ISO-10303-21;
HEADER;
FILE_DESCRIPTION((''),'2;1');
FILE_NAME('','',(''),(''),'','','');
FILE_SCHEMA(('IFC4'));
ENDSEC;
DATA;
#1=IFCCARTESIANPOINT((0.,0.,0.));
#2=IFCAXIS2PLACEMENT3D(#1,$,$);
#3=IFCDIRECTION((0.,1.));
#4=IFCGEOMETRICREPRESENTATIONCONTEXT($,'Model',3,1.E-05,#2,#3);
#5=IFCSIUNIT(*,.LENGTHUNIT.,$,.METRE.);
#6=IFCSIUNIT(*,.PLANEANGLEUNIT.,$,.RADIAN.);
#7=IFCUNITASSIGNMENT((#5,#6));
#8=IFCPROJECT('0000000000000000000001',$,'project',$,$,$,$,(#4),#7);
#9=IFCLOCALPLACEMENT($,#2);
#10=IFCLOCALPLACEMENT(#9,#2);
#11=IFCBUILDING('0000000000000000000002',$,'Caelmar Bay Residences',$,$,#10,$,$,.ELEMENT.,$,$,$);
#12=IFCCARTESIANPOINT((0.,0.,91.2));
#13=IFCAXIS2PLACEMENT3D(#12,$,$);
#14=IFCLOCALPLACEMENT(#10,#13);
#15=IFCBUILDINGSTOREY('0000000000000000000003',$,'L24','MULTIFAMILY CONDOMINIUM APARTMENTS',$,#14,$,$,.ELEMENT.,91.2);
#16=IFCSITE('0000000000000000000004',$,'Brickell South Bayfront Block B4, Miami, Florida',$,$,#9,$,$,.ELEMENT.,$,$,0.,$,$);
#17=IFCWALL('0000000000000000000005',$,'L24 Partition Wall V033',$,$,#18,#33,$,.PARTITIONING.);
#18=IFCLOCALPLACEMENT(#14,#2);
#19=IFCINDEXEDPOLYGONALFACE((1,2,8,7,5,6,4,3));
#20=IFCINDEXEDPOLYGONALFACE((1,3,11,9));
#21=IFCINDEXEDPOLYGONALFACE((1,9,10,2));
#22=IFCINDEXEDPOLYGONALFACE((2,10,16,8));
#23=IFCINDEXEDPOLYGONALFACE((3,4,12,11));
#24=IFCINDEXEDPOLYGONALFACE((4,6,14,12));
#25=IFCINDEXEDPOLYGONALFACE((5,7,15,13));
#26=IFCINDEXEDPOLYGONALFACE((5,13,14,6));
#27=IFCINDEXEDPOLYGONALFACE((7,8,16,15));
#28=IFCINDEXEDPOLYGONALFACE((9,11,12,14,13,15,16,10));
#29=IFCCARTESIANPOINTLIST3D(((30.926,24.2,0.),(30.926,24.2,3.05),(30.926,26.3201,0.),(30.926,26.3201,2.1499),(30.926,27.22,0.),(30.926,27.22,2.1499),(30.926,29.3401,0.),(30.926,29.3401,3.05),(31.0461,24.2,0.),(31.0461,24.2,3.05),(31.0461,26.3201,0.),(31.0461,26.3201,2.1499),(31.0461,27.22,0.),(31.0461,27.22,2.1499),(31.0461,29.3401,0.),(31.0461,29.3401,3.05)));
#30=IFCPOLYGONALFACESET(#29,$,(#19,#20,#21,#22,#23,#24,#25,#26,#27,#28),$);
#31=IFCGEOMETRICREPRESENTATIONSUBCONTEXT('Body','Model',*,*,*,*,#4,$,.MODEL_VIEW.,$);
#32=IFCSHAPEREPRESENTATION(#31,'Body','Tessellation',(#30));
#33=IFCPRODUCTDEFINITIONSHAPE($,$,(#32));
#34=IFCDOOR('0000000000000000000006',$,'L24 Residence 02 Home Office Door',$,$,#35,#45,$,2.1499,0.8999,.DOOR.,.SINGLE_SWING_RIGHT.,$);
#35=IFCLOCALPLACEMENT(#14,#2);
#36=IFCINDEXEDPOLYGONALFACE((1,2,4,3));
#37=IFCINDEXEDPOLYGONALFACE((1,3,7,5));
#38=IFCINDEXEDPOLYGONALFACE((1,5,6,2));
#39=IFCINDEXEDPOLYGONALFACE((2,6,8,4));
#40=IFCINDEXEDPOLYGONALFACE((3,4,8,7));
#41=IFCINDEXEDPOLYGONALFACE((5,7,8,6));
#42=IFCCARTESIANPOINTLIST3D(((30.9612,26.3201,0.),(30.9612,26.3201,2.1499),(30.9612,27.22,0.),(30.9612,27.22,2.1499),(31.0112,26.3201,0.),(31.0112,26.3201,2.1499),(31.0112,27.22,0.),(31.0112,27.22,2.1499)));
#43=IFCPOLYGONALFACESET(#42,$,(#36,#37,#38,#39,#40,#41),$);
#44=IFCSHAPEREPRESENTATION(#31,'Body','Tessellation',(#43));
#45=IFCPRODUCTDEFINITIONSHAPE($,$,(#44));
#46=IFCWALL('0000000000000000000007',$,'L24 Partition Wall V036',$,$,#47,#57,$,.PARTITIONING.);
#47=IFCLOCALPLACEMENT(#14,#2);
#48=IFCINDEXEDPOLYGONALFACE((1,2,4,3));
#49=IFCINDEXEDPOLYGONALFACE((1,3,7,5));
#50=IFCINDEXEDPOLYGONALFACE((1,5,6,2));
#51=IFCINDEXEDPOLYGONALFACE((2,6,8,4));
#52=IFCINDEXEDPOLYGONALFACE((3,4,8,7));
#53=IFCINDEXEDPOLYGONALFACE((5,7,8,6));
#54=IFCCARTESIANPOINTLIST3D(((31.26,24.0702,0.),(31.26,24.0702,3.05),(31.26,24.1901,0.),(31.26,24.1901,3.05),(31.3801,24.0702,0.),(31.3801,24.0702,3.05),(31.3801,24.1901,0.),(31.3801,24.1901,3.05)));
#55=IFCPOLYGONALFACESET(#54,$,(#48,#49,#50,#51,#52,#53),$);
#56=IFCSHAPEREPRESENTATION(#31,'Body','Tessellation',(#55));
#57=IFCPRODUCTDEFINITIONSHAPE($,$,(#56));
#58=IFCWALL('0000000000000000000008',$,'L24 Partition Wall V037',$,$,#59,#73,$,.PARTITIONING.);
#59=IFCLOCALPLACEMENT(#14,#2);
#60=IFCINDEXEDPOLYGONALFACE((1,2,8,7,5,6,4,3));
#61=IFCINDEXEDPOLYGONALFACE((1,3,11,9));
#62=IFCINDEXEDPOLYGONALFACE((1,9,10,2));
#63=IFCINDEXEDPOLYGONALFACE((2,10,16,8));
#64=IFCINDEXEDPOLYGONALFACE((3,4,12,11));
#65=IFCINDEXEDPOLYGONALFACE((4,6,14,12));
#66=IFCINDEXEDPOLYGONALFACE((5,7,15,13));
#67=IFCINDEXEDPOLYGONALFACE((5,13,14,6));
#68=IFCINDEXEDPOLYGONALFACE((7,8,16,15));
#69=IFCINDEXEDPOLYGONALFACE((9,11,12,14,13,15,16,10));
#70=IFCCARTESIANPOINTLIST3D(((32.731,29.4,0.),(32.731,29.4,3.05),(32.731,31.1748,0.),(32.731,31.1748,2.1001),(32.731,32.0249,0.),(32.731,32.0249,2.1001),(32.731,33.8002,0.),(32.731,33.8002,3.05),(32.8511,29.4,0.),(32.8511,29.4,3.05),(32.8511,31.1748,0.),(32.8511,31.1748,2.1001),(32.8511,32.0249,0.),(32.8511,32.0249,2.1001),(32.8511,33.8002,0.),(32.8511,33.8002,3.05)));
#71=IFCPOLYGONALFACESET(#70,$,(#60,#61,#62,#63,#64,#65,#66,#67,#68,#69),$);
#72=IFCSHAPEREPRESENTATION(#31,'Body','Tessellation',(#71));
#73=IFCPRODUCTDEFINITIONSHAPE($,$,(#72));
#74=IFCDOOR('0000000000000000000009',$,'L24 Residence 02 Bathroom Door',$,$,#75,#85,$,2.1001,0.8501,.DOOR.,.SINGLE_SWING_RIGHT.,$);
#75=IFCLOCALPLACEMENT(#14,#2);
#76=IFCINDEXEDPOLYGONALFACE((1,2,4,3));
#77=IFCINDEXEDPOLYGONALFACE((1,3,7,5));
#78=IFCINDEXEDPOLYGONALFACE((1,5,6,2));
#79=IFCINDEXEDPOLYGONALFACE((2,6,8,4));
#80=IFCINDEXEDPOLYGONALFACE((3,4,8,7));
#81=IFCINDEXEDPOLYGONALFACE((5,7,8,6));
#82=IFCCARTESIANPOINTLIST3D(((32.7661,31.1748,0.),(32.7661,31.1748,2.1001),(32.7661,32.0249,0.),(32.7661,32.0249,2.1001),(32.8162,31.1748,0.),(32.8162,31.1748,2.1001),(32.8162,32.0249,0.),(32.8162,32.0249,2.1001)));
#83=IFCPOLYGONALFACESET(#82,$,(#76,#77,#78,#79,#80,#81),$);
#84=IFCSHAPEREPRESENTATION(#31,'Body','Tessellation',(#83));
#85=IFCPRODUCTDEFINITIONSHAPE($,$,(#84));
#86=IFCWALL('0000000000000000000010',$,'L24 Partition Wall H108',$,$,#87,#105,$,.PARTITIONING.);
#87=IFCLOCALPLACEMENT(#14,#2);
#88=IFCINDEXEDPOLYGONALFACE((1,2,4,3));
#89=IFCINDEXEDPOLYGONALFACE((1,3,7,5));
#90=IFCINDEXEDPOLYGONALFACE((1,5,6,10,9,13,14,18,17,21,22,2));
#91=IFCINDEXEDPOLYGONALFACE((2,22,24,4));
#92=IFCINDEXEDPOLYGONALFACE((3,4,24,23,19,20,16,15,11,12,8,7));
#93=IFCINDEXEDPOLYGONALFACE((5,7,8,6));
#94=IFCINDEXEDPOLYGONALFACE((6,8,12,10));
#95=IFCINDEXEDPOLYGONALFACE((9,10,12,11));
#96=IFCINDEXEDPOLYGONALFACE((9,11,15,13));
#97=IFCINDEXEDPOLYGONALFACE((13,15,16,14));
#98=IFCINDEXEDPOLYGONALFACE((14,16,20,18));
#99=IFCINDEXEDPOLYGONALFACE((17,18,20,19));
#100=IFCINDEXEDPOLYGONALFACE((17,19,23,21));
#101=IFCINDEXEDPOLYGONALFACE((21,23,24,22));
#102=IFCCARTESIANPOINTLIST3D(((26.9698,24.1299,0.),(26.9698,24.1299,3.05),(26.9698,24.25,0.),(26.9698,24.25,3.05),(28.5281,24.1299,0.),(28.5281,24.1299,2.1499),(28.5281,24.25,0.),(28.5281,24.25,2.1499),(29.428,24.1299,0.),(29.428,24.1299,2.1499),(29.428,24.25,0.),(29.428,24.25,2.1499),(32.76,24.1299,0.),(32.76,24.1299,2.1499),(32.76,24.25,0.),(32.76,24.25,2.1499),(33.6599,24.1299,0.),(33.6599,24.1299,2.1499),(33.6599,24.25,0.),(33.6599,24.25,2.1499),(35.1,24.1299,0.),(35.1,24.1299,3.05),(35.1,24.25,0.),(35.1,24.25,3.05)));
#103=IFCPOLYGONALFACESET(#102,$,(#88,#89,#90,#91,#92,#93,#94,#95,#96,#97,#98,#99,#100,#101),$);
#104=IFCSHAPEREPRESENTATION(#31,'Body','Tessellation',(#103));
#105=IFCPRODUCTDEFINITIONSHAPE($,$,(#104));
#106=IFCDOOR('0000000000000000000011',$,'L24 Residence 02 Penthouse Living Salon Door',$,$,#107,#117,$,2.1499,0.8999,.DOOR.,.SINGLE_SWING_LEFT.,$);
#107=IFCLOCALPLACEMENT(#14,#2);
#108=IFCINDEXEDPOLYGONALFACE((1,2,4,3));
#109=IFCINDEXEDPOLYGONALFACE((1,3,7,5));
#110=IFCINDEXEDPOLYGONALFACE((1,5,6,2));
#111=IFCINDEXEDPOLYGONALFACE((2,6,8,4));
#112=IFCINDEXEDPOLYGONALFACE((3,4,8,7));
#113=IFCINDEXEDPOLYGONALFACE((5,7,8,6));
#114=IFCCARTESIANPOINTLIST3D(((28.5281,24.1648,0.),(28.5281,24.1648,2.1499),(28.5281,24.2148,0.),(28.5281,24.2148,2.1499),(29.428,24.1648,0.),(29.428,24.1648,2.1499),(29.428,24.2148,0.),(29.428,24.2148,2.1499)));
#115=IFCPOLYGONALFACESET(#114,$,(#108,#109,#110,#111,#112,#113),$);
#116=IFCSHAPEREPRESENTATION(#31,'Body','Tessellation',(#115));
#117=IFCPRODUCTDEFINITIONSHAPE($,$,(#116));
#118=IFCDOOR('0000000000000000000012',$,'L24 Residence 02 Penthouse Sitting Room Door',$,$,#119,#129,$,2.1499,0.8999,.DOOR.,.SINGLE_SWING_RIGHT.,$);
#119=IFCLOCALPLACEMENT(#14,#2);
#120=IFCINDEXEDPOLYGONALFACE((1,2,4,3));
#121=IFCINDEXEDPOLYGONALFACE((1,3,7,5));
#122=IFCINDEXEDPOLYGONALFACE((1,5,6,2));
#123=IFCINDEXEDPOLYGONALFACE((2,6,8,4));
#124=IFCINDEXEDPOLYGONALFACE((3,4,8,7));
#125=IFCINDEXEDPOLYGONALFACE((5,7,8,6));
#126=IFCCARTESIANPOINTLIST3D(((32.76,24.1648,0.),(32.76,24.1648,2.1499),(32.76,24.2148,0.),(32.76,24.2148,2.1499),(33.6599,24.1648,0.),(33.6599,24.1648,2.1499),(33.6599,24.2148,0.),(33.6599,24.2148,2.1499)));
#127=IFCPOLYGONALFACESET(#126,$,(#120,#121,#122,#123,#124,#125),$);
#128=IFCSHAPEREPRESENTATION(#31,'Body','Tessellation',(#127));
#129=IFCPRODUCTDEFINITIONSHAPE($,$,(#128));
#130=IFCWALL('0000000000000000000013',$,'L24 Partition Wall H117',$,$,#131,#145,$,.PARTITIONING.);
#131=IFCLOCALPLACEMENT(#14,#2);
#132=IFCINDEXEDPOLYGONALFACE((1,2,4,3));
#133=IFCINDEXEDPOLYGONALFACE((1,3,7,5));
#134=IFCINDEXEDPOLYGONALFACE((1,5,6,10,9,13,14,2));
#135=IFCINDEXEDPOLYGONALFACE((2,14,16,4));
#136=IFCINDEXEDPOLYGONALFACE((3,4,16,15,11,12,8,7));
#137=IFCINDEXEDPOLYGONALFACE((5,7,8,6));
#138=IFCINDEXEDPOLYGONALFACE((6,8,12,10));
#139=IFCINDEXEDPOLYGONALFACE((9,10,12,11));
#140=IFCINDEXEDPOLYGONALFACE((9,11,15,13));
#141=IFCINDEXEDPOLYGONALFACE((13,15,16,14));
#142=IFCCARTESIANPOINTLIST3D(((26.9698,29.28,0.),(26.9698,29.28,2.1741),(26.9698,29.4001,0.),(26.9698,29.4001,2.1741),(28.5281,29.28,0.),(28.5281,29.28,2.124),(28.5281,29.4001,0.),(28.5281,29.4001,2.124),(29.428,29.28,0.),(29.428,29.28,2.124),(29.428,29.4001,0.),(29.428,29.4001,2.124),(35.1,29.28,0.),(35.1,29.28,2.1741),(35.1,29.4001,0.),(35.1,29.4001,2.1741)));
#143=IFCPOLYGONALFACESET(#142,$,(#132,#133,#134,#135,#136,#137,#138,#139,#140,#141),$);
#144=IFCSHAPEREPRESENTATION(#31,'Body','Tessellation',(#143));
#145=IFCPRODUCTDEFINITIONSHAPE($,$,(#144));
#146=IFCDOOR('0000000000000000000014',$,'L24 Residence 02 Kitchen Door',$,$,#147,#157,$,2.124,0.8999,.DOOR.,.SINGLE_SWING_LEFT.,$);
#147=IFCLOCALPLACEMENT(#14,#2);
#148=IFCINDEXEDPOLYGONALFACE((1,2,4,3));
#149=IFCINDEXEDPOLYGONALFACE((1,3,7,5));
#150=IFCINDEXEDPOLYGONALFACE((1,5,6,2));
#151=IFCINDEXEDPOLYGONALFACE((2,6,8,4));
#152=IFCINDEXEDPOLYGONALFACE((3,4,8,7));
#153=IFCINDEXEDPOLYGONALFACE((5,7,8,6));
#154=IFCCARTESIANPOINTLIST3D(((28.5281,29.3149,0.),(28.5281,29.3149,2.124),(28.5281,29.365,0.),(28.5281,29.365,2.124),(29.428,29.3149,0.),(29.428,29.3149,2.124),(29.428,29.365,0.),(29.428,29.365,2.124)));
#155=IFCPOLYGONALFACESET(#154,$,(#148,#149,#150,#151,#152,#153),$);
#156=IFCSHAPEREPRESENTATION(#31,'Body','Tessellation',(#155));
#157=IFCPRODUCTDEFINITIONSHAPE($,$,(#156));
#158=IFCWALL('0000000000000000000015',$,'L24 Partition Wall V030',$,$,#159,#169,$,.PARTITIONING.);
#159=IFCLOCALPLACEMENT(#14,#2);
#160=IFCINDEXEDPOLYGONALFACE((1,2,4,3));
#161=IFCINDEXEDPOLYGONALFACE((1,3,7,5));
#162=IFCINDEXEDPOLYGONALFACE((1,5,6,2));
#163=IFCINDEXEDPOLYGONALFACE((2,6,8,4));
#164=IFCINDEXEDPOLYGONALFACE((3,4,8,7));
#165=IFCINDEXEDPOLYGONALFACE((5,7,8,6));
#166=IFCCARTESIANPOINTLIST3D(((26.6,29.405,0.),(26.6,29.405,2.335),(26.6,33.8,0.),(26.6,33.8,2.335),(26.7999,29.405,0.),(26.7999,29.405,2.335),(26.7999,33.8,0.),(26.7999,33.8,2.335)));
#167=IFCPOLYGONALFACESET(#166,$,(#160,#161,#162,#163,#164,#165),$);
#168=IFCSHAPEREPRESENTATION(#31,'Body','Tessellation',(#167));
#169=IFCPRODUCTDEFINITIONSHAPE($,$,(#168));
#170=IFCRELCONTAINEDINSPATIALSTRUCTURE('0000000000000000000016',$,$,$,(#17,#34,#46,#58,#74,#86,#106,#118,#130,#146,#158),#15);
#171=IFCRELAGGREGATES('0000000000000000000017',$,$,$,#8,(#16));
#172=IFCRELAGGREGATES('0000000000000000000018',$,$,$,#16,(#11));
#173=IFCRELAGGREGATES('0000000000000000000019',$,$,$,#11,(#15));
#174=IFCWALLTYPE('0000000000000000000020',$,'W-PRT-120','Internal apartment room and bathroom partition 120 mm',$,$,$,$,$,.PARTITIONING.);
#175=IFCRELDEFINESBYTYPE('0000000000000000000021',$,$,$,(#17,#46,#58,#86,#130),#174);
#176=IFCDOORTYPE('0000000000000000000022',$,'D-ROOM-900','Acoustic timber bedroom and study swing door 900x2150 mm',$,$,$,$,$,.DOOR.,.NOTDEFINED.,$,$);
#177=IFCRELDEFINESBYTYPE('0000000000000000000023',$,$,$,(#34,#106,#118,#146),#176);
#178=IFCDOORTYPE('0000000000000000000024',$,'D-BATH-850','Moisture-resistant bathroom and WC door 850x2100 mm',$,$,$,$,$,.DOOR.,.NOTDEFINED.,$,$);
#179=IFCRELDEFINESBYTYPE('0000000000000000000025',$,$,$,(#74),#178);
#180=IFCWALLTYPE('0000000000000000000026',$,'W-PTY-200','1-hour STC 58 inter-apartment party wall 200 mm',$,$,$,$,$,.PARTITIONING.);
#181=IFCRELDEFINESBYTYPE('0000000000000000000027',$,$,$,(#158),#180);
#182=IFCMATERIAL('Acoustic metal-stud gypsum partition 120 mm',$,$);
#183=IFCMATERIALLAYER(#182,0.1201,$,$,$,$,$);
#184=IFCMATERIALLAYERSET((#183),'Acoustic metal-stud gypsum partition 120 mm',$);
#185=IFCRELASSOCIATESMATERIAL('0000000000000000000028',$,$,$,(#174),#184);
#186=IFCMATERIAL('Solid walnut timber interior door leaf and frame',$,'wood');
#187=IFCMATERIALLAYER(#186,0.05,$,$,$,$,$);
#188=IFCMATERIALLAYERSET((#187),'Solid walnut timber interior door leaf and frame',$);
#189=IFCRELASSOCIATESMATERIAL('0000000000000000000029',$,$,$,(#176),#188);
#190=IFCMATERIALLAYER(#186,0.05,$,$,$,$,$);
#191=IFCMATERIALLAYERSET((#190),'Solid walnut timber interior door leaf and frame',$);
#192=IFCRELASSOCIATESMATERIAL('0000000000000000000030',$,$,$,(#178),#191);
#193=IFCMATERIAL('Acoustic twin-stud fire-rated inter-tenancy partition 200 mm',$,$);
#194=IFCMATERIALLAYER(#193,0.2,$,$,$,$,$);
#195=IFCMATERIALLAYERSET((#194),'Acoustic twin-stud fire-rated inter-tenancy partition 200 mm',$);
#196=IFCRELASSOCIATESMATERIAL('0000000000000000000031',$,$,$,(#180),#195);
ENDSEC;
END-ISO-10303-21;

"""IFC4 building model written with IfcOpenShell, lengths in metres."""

from ifc_helpers import new_model, si_unit, direction, frame, frame_2d, origin, place, context, subcontext, project, spatial, rectangle, extrude, material, layer, layer_set, type_object, element, fill, save


model = new_model("IFC4")

# Units and contexts
model_context = context("Model", 3, precision=1e-05, world=origin(), true_north=direction((0.0, 1.0)))
body_context = subcontext(model_context, "Body", "Model", "MODEL_VIEW")
ifc_project = project(units=[si_unit("LENGTHUNIT", "METRE"), si_unit("PLANEANGLEUNIT", "RADIAN")], contexts=[model_context])

# Site, building, storey
site_placement = place(None, origin())
site = spatial("IfcSite", under=ifc_project, at=site_placement, Name="Brickell South Bayfront Block B4, Miami, Florida", CompositionType="ELEMENT", RefElevation=0.0)
building_placement = place(site_placement, origin())
building = spatial("IfcBuilding", under=site, at=building_placement, Name="Caelmar Bay Residences", CompositionType="ELEMENT")
storey_placement = place(building_placement, frame((0.0, 0.0, 91.2)))
storey = spatial("IfcBuildingStorey", under=building, at=storey_placement, Name="L24", Description="MULTIFAMILY CONDOMINIUM APARTMENTS", CompositionType="ELEMENT", Elevation=91.2)

# Wall, opening, door
ifc_material_1 = material(Name="Acoustic metal-stud gypsum partition 120 mm")
ifc_layer_1 = layer(ifc_material_1, 0.1201)
ifc_layer_set_1 = layer_set([ifc_layer_1], Name="Acoustic metal-stud gypsum partition 120 mm")
wall_type_1 = type_object("IfcWallType", Name="W-PRT-120", Description="Internal apartment room and bathroom partition 120 mm", PredefinedType="PARTITIONING", material=ifc_layer_set_1)
wall_1_placement = place(storey_placement, frame((30.9861, 24.2, 0.0), z_axis=(0.0, 0.0, 1.0), x_axis=(0.0, 1.0, 0.0)))
wall_1 = element("IfcWall", 1, at=wall_1_placement, inside=storey, type_object=wall_type_1, Name="L24 Partition Wall V033", PredefinedType="PARTITIONING", context=body_context, shape_type="SweptSolid", body=[
    extrude(rectangle(XDim=5.1401, YDim=0.1201, at=frame_2d((2.5701, 0.0))), origin(), (0.0, 0.0, 1.0), 3.05),
])
opening_1_placement = place(wall_1_placement, frame((2.1201, 0.0, 0.0)))
opening_1 = element("IfcOpeningElement", 2, at=opening_1_placement, cuts=wall_1, PredefinedType="OPENING", context=body_context, shape_type="SweptSolid", body=[
    extrude(rectangle(XDim=0.8999, YDim=2.1499, at=frame_2d((0.45, 1.075))), frame((0.0, 0.0701, 0.0), z_axis=(0.0, -1.0, 0.0), x_axis=(1.0, 0.0, 0.0)), (0.0, 0.0, 1.0), 0.1401),
])
ifc_material_2 = material(Name="Solid walnut timber interior door leaf and frame", Category="wood")
ifc_layer_2 = layer(ifc_material_2, 0.05)
ifc_layer_set_2 = layer_set([ifc_layer_2], Name="Solid walnut timber interior door leaf and frame")
door_type_1 = type_object("IfcDoorType", Name="D-ROOM-900", Description="Acoustic timber bedroom and study swing door 900x2150 mm", OperationType="NOTDEFINED", PredefinedType="DOOR", material=ifc_layer_set_2)
door_1_placement = place(opening_1_placement, origin())
door_1 = element("IfcDoor", 3, at=door_1_placement, inside=storey, type_object=door_type_1, Name="L24 Residence 02 Home Office Door", OperationType="SINGLE_SWING_RIGHT", OverallHeight=2.1499, OverallWidth=0.8999, PredefinedType="DOOR", context=body_context, shape_type="SweptSolid", body=[
    extrude(rectangle(XDim=0.8999, YDim=2.1499, at=frame_2d((0.45, 1.075))), frame((0.0, 0.0249, 0.0), z_axis=(0.0, -1.0, 0.0), x_axis=(1.0, 0.0, 0.0)), (0.0, 0.0, 1.0), 0.05),
])
fill(opening_1, door_1)

# Wall
wall_2_placement = place(storey_placement, frame((31.3201, 24.0701, 0.0), z_axis=(0.0, 0.0, 1.0), x_axis=(0.0, 1.0, 0.0)))
element("IfcWall", 4, at=wall_2_placement, inside=storey, type_object=wall_type_1, Name="L24 Partition Wall V036", PredefinedType="PARTITIONING", context=body_context, shape_type="SweptSolid", body=[
    extrude(rectangle(XDim=0.1199, YDim=0.1201, at=frame_2d((0.0601, 0.0))), origin(), (0.0, 0.0, 1.0), 3.05),
])

# Wall, opening, door
wall_3_placement = place(storey_placement, frame((32.791, 29.3999, 0.0), z_axis=(0.0, 0.0, 1.0), x_axis=(0.0, 1.0, 0.0)))
wall_3 = element("IfcWall", 5, at=wall_3_placement, inside=storey, type_object=wall_type_1, Name="L24 Partition Wall V037", PredefinedType="PARTITIONING", context=body_context, shape_type="SweptSolid", body=[
    extrude(rectangle(XDim=4.4001, YDim=0.1201, at=frame_2d((2.2002, 0.0))), origin(), (0.0, 0.0, 1.0), 3.05),
])
opening_2_placement = place(wall_3_placement, frame((1.7749, 0.0, 0.0)))
opening_2 = element("IfcOpeningElement", 6, at=opening_2_placement, cuts=wall_3, PredefinedType="OPENING", context=body_context, shape_type="SweptSolid", body=[
    extrude(rectangle(XDim=0.8501, YDim=2.1001, at=frame_2d((0.425, 1.05))), frame((0.0, 0.0701, 0.0), z_axis=(0.0, -1.0, 0.0), x_axis=(1.0, 0.0, 0.0)), (0.0, 0.0, 1.0), 0.1401),
])
ifc_layer_3 = layer(ifc_material_2, 0.05)
ifc_layer_set_3 = layer_set([ifc_layer_3], Name="Solid walnut timber interior door leaf and frame")
door_type_2 = type_object("IfcDoorType", Name="D-BATH-850", Description="Moisture-resistant bathroom and WC door 850x2100 mm", OperationType="NOTDEFINED", PredefinedType="DOOR", material=ifc_layer_set_3)
door_2_placement = place(opening_2_placement, origin())
door_2 = element("IfcDoor", 7, at=door_2_placement, inside=storey, type_object=door_type_2, Name="L24 Residence 02 Bathroom Door", OperationType="SINGLE_SWING_RIGHT", OverallHeight=2.1001, OverallWidth=0.8501, PredefinedType="DOOR", context=body_context, shape_type="SweptSolid", body=[
    extrude(rectangle(XDim=0.8501, YDim=2.1001, at=frame_2d((0.425, 1.05))), frame((0.0, 0.0249, 0.0), z_axis=(0.0, -1.0, 0.0), x_axis=(1.0, 0.0, 0.0)), (0.0, 0.0, 1.0), 0.05),
])
fill(opening_2, door_2)

# Wall, openings, doors
wall_4_placement = place(storey_placement, frame((26.97, 24.1899, 0.0), z_axis=(0.0, 0.0, 1.0), x_axis=(1.0, 0.0, 0.0)))
wall_4 = element("IfcWall", 8, at=wall_4_placement, inside=storey, type_object=wall_type_1, Name="L24 Partition Wall H108", PredefinedType="PARTITIONING", context=body_context, shape_type="SweptSolid", body=[
    extrude(rectangle(XDim=8.1301, YDim=0.1201, at=frame_2d((4.0649, 0.0))), origin(), (0.0, 0.0, 1.0), 3.05),
])
opening_3_placement = place(wall_4_placement, frame((1.5581, 0.0, 0.0)))
opening_3 = element("IfcOpeningElement", 9, at=opening_3_placement, cuts=wall_4, PredefinedType="OPENING", context=body_context, shape_type="SweptSolid", body=[
    extrude(rectangle(XDim=0.8999, YDim=2.1499, at=frame_2d((0.45, 1.075))), frame((0.0, 0.0701, 0.0), z_axis=(0.0, -1.0, 0.0), x_axis=(1.0, 0.0, 0.0)), (0.0, 0.0, 1.0), 0.1401),
])
opening_4_placement = place(wall_4_placement, frame((5.79, 0.0, 0.0)))
opening_4 = element("IfcOpeningElement", 10, at=opening_4_placement, cuts=wall_4, PredefinedType="OPENING", context=body_context, shape_type="SweptSolid", body=[
    extrude(rectangle(XDim=0.8999, YDim=2.1499, at=frame_2d((0.45, 1.075))), frame((0.0, 0.0701, 0.0), z_axis=(0.0, -1.0, 0.0), x_axis=(1.0, 0.0, 0.0)), (0.0, 0.0, 1.0), 0.1401),
])
door_3_placement = place(opening_3_placement, origin())
door_3 = element("IfcDoor", 11, at=door_3_placement, inside=storey, type_object=door_type_1, Name="L24 Residence 02 Penthouse Living Salon Door", OperationType="SINGLE_SWING_LEFT", OverallHeight=2.1499, OverallWidth=0.8999, PredefinedType="DOOR", context=body_context, shape_type="SweptSolid", body=[
    extrude(rectangle(XDim=0.8999, YDim=2.1499, at=frame_2d((0.45, 1.075))), frame((0.0, 0.0249, 0.0), z_axis=(0.0, -1.0, 0.0), x_axis=(1.0, 0.0, 0.0)), (0.0, 0.0, 1.0), 0.05),
])
fill(opening_3, door_3)
door_4_placement = place(opening_4_placement, origin())
door_4 = element("IfcDoor", 12, at=door_4_placement, inside=storey, type_object=door_type_1, Name="L24 Residence 02 Penthouse Sitting Room Door", OperationType="SINGLE_SWING_RIGHT", OverallHeight=2.1499, OverallWidth=0.8999, PredefinedType="DOOR", context=body_context, shape_type="SweptSolid", body=[
    extrude(rectangle(XDim=0.8999, YDim=2.1499, at=frame_2d((0.45, 1.075))), frame((0.0, 0.0249, 0.0), z_axis=(0.0, -1.0, 0.0), x_axis=(1.0, 0.0, 0.0)), (0.0, 0.0, 1.0), 0.05),
])
fill(opening_4, door_4)

# Wall, opening, door
wall_5_placement = place(storey_placement, frame((26.97, 29.3401, 0.0), z_axis=(0.0, 0.0, 1.0), x_axis=(1.0, 0.0, 0.0)))
wall_5 = element("IfcWall", 13, at=wall_5_placement, inside=storey, type_object=wall_type_1, Name="L24 Partition Wall H117", PredefinedType="PARTITIONING", context=body_context, shape_type="SweptSolid", body=[
    extrude(rectangle(XDim=8.1301, YDim=0.1201, at=frame_2d((4.0649, 0.0))), origin(), (0.0, 0.0, 1.0), 2.1741),
])
opening_5_placement = place(wall_5_placement, frame((1.5581, 0.0, 0.0)))
opening_5 = element("IfcOpeningElement", 14, at=opening_5_placement, cuts=wall_5, PredefinedType="OPENING", context=body_context, shape_type="SweptSolid", body=[
    extrude(rectangle(XDim=0.8999, YDim=2.124, at=frame_2d((0.45, 1.062))), frame((0.0, 0.0701, 0.0), z_axis=(0.0, -1.0, 0.0), x_axis=(1.0, 0.0, 0.0)), (0.0, 0.0, 1.0), 0.1401),
])
door_5_placement = place(opening_5_placement, origin())
door_5 = element("IfcDoor", 15, at=door_5_placement, inside=storey, type_object=door_type_1, Name="L24 Residence 02 Kitchen Door", OperationType="SINGLE_SWING_LEFT", OverallHeight=2.124, OverallWidth=0.8999, PredefinedType="DOOR", context=body_context, shape_type="SweptSolid", body=[
    extrude(rectangle(XDim=0.8999, YDim=2.124, at=frame_2d((0.45, 1.062))), frame((0.0, 0.0249, 0.0), z_axis=(0.0, -1.0, 0.0), x_axis=(1.0, 0.0, 0.0)), (0.0, 0.0, 1.0), 0.05),
])
fill(opening_5, door_5)

# Wall
ifc_material_3 = material(Name="Acoustic twin-stud fire-rated inter-tenancy partition 200 mm")
ifc_layer_4 = layer(ifc_material_3, 0.2)
ifc_layer_set_4 = layer_set([ifc_layer_4], Name="Acoustic twin-stud fire-rated inter-tenancy partition 200 mm")
wall_type_2 = type_object("IfcWallType", Name="W-PTY-200", Description="1-hour STC 58 inter-apartment party wall 200 mm", PredefinedType="PARTITIONING", material=ifc_layer_set_4)
wall_6_placement = place(storey_placement, frame((26.7, 29.405, 0.0), z_axis=(0.0, 0.0, 1.0), x_axis=(0.0, 1.0, 0.0)))
element("IfcWall", 16, at=wall_6_placement, inside=storey, type_object=wall_type_2, Name="L24 Partition Wall V030", PredefinedType="PARTITIONING", context=body_context, shape_type="SweptSolid", body=[
    extrude(rectangle(XDim=4.395, YDim=0.2, at=frame_2d((2.1975, 0.0))), origin(), (0.0, 0.0, 1.0), 2.335),
])

save(model, "model.ifc")
